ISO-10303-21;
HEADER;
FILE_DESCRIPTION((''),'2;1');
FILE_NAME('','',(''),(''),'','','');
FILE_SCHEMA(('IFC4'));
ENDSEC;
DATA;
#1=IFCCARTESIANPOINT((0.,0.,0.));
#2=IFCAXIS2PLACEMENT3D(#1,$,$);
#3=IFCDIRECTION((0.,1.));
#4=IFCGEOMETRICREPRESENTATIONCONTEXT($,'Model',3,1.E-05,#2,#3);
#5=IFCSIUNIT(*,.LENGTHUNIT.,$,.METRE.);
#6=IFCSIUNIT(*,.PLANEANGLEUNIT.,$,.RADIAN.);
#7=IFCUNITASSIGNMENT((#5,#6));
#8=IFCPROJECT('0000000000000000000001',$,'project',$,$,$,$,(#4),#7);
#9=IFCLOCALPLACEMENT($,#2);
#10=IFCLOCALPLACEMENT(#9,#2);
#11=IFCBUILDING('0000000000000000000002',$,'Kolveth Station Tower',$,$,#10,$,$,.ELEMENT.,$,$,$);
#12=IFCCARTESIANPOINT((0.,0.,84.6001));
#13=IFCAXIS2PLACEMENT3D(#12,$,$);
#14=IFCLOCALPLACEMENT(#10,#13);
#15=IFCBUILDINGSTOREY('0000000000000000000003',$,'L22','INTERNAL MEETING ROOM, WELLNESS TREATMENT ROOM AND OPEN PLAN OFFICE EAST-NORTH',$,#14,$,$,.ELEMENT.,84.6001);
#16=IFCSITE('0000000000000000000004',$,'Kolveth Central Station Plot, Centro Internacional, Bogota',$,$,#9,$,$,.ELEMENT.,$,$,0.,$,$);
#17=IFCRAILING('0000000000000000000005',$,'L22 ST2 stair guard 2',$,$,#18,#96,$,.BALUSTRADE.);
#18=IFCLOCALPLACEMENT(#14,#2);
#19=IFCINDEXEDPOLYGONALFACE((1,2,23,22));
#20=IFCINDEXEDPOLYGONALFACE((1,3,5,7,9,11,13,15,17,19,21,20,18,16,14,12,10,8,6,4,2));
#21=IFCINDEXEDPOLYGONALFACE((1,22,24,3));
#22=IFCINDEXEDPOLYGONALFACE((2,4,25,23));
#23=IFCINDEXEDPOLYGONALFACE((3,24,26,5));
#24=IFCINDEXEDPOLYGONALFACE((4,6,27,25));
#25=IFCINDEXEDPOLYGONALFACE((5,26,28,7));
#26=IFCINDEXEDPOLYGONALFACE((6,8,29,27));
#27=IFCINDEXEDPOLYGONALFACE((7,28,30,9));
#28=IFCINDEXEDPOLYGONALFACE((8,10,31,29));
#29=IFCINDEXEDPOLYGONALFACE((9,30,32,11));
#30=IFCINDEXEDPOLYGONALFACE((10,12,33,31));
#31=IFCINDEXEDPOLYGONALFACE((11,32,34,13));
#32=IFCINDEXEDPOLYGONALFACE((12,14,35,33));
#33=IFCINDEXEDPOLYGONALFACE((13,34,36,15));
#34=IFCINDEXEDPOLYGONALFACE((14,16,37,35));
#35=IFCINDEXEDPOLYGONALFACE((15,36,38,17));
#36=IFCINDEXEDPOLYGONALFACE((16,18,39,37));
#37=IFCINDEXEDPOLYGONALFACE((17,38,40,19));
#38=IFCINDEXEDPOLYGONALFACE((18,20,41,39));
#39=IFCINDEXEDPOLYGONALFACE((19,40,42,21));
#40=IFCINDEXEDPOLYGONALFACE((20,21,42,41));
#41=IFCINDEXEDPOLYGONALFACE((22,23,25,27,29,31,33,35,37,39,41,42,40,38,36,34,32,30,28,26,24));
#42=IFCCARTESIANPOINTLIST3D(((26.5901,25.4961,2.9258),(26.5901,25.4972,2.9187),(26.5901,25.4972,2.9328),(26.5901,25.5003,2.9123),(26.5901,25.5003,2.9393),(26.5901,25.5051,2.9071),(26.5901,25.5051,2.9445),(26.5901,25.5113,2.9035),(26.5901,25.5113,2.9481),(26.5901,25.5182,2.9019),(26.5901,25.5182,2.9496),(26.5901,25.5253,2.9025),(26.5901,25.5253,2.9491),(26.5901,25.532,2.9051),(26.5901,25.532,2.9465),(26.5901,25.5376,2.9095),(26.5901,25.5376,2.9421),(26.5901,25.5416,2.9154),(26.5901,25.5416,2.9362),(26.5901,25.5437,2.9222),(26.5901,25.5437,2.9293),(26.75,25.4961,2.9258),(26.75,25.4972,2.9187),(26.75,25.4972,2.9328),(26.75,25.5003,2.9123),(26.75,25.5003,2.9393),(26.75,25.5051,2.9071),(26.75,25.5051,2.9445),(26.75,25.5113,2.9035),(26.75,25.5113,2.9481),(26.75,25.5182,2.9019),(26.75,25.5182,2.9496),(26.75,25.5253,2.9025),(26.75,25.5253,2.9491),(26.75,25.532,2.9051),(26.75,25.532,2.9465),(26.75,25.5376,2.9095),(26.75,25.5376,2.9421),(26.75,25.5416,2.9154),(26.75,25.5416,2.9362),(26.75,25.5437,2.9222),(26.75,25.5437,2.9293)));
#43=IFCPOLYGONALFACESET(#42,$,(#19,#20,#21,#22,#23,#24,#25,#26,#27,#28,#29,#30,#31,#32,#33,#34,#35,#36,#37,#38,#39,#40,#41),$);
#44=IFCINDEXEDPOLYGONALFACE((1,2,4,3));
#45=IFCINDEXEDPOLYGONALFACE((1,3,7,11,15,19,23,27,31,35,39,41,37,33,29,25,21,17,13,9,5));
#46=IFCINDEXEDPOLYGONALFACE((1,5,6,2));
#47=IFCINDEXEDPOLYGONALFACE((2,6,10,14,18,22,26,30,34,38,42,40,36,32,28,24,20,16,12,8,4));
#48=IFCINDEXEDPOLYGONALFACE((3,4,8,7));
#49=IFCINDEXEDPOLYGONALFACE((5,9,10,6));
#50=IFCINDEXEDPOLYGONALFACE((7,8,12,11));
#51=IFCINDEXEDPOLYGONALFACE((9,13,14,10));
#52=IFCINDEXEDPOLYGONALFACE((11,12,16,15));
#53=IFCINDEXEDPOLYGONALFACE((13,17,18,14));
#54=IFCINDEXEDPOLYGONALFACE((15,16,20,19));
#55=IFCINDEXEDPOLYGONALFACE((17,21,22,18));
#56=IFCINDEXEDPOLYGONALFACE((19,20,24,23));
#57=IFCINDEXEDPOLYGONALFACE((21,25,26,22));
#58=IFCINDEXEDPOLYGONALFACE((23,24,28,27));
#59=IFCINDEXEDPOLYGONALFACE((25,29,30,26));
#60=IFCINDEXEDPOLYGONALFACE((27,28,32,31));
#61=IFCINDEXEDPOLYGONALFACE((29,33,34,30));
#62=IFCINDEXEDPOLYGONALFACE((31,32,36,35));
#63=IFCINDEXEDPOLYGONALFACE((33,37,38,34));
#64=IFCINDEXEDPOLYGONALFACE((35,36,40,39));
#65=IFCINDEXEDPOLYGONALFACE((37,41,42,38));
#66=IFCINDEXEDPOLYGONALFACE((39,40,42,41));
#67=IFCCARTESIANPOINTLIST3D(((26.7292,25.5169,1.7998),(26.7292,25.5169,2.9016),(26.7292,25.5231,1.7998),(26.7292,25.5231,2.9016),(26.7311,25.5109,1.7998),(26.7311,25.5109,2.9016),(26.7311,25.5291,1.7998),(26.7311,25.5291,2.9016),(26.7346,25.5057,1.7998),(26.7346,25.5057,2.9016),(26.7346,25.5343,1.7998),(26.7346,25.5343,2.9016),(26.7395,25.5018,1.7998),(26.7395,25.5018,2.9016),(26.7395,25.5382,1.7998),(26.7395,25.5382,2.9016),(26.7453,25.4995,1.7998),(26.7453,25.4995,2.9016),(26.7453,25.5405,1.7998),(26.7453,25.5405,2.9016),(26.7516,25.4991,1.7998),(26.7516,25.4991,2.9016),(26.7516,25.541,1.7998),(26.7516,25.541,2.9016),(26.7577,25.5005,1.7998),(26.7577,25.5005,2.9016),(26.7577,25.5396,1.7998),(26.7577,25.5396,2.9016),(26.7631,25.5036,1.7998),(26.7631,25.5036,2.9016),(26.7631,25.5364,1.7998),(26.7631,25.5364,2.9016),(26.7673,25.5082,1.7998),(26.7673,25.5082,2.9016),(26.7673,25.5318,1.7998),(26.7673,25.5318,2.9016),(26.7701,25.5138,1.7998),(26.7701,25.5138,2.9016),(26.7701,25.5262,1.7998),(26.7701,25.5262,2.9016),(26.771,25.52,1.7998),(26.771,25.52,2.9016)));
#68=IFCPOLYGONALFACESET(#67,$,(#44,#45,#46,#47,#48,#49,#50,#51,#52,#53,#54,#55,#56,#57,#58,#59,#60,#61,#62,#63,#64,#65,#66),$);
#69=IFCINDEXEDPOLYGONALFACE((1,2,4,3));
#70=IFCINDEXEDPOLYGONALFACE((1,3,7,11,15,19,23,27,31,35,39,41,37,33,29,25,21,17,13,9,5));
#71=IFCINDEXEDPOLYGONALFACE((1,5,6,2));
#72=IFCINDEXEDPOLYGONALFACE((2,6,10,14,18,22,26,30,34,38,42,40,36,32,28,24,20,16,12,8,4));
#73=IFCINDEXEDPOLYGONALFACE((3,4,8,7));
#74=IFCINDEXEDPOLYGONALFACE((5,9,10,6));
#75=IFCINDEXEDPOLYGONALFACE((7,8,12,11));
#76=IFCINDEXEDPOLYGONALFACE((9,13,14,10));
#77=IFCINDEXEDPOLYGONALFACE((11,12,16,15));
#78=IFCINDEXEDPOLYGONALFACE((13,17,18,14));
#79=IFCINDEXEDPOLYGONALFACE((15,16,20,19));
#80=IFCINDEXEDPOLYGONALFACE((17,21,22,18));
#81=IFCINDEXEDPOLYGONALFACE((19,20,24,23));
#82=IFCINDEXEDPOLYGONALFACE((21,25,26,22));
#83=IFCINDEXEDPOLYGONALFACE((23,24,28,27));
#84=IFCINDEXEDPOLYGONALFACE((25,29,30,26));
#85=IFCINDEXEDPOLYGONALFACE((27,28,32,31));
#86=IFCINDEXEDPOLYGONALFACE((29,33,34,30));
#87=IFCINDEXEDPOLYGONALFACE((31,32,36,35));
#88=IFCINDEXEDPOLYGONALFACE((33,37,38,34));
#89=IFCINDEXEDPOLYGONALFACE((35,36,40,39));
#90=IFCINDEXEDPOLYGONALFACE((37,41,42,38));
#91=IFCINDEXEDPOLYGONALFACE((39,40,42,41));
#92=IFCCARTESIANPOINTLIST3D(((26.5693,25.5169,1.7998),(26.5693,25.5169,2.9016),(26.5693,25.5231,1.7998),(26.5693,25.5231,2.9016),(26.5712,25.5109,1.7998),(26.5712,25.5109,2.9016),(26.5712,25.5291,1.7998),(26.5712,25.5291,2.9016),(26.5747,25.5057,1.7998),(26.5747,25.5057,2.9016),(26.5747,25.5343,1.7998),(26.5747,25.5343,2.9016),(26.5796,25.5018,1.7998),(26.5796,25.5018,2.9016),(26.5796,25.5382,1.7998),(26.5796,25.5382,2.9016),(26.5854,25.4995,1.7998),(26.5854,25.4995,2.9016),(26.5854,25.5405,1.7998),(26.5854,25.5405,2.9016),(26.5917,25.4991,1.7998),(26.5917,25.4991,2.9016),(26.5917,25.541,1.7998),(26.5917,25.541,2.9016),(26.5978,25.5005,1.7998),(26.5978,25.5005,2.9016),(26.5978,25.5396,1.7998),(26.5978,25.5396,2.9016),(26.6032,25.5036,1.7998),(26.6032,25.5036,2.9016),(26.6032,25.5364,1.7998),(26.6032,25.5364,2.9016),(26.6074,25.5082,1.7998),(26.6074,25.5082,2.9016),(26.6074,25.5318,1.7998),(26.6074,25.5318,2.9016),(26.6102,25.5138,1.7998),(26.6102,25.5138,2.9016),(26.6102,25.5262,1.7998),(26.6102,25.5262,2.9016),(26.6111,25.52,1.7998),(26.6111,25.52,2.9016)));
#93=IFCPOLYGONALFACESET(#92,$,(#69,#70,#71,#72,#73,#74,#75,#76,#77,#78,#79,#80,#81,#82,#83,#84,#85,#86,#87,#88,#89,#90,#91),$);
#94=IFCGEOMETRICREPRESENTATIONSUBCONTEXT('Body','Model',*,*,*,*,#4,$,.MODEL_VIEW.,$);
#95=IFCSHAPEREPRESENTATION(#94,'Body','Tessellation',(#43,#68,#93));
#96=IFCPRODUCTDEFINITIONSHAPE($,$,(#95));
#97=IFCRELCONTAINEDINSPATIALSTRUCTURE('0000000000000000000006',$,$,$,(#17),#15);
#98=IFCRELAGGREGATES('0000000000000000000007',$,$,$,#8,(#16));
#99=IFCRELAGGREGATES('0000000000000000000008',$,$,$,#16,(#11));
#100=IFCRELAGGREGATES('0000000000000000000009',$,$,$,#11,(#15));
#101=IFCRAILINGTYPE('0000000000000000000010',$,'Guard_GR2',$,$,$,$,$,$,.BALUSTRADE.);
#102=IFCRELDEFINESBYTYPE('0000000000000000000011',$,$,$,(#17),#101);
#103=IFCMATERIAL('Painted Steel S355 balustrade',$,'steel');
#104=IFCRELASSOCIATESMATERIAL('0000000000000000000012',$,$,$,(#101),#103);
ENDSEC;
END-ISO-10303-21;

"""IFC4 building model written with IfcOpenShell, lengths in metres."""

from ifc_helpers import new_model, si_unit, direction, frame, origin, origin_2d, place, context, subcontext, project, spatial, circle, extrude, material, type_object, element, save


model = new_model("IFC4")

# Units and contexts
model_context = context("Model", 3, precision=1e-05, world=origin(), true_north=direction((0.0, 1.0)))
body_context = subcontext(model_context, "Body", "Model", "MODEL_VIEW")
ifc_project = project(units=[si_unit("LENGTHUNIT", "METRE"), si_unit("PLANEANGLEUNIT", "RADIAN")], contexts=[model_context])

# Site, building, storey
site_placement = place(None, origin())
site = spatial("IfcSite", under=ifc_project, at=site_placement, Name="Kolveth Central Station Plot, Centro Internacional, Bogota", CompositionType="ELEMENT", RefElevation=0.0)
building_placement = place(site_placement, origin())
building = spatial("IfcBuilding", under=site, at=building_placement, Name="Kolveth Station Tower", CompositionType="ELEMENT")
storey_placement = place(building_placement, frame((0.0, 0.0, 84.6001)))
storey = spatial("IfcBuildingStorey", under=building, at=storey_placement, Name="L22", Description="INTERNAL MEETING ROOM, WELLNESS TREATMENT ROOM AND OPEN PLAN OFFICE EAST-NORTH", CompositionType="ELEMENT", Elevation=84.6001)

# Railing
ifc_material_1 = material(Name="Painted Steel S355 balustrade", Category="steel")
railing_type_1 = type_object("IfcRailingType", Name="Guard_GR2", PredefinedType="BALUSTRADE", material=ifc_material_1)
railing_1_placement = place(storey_placement, frame((26.75, 25.52, 1.7998)))
element("IfcRailing", 1, at=railing_1_placement, inside=storey, type_object=railing_type_1, Name="L22 ST2 stair guard 2", PredefinedType="BALUSTRADE", context=body_context, shape_type="SweptSolid", body=[
    extrude(circle(Radius=0.0239, at=origin_2d()), frame((0.0, 0.0, 1.126), z_axis=(-1.0, 0.0, 0.0), x_axis=(0.0, -1.0, 0.0)), (0.0, 0.0, 1.0), 0.1599),
    extrude(circle(Radius=0.021, at=origin_2d()), origin(), (0.0, 0.0, 1.0), 1.1018),
    extrude(circle(Radius=0.021, at=origin_2d()), frame((-0.1599, 0.0, 0.0)), (0.0, 0.0, 1.0), 1.1018),
])

save(model, "model.ifc")
